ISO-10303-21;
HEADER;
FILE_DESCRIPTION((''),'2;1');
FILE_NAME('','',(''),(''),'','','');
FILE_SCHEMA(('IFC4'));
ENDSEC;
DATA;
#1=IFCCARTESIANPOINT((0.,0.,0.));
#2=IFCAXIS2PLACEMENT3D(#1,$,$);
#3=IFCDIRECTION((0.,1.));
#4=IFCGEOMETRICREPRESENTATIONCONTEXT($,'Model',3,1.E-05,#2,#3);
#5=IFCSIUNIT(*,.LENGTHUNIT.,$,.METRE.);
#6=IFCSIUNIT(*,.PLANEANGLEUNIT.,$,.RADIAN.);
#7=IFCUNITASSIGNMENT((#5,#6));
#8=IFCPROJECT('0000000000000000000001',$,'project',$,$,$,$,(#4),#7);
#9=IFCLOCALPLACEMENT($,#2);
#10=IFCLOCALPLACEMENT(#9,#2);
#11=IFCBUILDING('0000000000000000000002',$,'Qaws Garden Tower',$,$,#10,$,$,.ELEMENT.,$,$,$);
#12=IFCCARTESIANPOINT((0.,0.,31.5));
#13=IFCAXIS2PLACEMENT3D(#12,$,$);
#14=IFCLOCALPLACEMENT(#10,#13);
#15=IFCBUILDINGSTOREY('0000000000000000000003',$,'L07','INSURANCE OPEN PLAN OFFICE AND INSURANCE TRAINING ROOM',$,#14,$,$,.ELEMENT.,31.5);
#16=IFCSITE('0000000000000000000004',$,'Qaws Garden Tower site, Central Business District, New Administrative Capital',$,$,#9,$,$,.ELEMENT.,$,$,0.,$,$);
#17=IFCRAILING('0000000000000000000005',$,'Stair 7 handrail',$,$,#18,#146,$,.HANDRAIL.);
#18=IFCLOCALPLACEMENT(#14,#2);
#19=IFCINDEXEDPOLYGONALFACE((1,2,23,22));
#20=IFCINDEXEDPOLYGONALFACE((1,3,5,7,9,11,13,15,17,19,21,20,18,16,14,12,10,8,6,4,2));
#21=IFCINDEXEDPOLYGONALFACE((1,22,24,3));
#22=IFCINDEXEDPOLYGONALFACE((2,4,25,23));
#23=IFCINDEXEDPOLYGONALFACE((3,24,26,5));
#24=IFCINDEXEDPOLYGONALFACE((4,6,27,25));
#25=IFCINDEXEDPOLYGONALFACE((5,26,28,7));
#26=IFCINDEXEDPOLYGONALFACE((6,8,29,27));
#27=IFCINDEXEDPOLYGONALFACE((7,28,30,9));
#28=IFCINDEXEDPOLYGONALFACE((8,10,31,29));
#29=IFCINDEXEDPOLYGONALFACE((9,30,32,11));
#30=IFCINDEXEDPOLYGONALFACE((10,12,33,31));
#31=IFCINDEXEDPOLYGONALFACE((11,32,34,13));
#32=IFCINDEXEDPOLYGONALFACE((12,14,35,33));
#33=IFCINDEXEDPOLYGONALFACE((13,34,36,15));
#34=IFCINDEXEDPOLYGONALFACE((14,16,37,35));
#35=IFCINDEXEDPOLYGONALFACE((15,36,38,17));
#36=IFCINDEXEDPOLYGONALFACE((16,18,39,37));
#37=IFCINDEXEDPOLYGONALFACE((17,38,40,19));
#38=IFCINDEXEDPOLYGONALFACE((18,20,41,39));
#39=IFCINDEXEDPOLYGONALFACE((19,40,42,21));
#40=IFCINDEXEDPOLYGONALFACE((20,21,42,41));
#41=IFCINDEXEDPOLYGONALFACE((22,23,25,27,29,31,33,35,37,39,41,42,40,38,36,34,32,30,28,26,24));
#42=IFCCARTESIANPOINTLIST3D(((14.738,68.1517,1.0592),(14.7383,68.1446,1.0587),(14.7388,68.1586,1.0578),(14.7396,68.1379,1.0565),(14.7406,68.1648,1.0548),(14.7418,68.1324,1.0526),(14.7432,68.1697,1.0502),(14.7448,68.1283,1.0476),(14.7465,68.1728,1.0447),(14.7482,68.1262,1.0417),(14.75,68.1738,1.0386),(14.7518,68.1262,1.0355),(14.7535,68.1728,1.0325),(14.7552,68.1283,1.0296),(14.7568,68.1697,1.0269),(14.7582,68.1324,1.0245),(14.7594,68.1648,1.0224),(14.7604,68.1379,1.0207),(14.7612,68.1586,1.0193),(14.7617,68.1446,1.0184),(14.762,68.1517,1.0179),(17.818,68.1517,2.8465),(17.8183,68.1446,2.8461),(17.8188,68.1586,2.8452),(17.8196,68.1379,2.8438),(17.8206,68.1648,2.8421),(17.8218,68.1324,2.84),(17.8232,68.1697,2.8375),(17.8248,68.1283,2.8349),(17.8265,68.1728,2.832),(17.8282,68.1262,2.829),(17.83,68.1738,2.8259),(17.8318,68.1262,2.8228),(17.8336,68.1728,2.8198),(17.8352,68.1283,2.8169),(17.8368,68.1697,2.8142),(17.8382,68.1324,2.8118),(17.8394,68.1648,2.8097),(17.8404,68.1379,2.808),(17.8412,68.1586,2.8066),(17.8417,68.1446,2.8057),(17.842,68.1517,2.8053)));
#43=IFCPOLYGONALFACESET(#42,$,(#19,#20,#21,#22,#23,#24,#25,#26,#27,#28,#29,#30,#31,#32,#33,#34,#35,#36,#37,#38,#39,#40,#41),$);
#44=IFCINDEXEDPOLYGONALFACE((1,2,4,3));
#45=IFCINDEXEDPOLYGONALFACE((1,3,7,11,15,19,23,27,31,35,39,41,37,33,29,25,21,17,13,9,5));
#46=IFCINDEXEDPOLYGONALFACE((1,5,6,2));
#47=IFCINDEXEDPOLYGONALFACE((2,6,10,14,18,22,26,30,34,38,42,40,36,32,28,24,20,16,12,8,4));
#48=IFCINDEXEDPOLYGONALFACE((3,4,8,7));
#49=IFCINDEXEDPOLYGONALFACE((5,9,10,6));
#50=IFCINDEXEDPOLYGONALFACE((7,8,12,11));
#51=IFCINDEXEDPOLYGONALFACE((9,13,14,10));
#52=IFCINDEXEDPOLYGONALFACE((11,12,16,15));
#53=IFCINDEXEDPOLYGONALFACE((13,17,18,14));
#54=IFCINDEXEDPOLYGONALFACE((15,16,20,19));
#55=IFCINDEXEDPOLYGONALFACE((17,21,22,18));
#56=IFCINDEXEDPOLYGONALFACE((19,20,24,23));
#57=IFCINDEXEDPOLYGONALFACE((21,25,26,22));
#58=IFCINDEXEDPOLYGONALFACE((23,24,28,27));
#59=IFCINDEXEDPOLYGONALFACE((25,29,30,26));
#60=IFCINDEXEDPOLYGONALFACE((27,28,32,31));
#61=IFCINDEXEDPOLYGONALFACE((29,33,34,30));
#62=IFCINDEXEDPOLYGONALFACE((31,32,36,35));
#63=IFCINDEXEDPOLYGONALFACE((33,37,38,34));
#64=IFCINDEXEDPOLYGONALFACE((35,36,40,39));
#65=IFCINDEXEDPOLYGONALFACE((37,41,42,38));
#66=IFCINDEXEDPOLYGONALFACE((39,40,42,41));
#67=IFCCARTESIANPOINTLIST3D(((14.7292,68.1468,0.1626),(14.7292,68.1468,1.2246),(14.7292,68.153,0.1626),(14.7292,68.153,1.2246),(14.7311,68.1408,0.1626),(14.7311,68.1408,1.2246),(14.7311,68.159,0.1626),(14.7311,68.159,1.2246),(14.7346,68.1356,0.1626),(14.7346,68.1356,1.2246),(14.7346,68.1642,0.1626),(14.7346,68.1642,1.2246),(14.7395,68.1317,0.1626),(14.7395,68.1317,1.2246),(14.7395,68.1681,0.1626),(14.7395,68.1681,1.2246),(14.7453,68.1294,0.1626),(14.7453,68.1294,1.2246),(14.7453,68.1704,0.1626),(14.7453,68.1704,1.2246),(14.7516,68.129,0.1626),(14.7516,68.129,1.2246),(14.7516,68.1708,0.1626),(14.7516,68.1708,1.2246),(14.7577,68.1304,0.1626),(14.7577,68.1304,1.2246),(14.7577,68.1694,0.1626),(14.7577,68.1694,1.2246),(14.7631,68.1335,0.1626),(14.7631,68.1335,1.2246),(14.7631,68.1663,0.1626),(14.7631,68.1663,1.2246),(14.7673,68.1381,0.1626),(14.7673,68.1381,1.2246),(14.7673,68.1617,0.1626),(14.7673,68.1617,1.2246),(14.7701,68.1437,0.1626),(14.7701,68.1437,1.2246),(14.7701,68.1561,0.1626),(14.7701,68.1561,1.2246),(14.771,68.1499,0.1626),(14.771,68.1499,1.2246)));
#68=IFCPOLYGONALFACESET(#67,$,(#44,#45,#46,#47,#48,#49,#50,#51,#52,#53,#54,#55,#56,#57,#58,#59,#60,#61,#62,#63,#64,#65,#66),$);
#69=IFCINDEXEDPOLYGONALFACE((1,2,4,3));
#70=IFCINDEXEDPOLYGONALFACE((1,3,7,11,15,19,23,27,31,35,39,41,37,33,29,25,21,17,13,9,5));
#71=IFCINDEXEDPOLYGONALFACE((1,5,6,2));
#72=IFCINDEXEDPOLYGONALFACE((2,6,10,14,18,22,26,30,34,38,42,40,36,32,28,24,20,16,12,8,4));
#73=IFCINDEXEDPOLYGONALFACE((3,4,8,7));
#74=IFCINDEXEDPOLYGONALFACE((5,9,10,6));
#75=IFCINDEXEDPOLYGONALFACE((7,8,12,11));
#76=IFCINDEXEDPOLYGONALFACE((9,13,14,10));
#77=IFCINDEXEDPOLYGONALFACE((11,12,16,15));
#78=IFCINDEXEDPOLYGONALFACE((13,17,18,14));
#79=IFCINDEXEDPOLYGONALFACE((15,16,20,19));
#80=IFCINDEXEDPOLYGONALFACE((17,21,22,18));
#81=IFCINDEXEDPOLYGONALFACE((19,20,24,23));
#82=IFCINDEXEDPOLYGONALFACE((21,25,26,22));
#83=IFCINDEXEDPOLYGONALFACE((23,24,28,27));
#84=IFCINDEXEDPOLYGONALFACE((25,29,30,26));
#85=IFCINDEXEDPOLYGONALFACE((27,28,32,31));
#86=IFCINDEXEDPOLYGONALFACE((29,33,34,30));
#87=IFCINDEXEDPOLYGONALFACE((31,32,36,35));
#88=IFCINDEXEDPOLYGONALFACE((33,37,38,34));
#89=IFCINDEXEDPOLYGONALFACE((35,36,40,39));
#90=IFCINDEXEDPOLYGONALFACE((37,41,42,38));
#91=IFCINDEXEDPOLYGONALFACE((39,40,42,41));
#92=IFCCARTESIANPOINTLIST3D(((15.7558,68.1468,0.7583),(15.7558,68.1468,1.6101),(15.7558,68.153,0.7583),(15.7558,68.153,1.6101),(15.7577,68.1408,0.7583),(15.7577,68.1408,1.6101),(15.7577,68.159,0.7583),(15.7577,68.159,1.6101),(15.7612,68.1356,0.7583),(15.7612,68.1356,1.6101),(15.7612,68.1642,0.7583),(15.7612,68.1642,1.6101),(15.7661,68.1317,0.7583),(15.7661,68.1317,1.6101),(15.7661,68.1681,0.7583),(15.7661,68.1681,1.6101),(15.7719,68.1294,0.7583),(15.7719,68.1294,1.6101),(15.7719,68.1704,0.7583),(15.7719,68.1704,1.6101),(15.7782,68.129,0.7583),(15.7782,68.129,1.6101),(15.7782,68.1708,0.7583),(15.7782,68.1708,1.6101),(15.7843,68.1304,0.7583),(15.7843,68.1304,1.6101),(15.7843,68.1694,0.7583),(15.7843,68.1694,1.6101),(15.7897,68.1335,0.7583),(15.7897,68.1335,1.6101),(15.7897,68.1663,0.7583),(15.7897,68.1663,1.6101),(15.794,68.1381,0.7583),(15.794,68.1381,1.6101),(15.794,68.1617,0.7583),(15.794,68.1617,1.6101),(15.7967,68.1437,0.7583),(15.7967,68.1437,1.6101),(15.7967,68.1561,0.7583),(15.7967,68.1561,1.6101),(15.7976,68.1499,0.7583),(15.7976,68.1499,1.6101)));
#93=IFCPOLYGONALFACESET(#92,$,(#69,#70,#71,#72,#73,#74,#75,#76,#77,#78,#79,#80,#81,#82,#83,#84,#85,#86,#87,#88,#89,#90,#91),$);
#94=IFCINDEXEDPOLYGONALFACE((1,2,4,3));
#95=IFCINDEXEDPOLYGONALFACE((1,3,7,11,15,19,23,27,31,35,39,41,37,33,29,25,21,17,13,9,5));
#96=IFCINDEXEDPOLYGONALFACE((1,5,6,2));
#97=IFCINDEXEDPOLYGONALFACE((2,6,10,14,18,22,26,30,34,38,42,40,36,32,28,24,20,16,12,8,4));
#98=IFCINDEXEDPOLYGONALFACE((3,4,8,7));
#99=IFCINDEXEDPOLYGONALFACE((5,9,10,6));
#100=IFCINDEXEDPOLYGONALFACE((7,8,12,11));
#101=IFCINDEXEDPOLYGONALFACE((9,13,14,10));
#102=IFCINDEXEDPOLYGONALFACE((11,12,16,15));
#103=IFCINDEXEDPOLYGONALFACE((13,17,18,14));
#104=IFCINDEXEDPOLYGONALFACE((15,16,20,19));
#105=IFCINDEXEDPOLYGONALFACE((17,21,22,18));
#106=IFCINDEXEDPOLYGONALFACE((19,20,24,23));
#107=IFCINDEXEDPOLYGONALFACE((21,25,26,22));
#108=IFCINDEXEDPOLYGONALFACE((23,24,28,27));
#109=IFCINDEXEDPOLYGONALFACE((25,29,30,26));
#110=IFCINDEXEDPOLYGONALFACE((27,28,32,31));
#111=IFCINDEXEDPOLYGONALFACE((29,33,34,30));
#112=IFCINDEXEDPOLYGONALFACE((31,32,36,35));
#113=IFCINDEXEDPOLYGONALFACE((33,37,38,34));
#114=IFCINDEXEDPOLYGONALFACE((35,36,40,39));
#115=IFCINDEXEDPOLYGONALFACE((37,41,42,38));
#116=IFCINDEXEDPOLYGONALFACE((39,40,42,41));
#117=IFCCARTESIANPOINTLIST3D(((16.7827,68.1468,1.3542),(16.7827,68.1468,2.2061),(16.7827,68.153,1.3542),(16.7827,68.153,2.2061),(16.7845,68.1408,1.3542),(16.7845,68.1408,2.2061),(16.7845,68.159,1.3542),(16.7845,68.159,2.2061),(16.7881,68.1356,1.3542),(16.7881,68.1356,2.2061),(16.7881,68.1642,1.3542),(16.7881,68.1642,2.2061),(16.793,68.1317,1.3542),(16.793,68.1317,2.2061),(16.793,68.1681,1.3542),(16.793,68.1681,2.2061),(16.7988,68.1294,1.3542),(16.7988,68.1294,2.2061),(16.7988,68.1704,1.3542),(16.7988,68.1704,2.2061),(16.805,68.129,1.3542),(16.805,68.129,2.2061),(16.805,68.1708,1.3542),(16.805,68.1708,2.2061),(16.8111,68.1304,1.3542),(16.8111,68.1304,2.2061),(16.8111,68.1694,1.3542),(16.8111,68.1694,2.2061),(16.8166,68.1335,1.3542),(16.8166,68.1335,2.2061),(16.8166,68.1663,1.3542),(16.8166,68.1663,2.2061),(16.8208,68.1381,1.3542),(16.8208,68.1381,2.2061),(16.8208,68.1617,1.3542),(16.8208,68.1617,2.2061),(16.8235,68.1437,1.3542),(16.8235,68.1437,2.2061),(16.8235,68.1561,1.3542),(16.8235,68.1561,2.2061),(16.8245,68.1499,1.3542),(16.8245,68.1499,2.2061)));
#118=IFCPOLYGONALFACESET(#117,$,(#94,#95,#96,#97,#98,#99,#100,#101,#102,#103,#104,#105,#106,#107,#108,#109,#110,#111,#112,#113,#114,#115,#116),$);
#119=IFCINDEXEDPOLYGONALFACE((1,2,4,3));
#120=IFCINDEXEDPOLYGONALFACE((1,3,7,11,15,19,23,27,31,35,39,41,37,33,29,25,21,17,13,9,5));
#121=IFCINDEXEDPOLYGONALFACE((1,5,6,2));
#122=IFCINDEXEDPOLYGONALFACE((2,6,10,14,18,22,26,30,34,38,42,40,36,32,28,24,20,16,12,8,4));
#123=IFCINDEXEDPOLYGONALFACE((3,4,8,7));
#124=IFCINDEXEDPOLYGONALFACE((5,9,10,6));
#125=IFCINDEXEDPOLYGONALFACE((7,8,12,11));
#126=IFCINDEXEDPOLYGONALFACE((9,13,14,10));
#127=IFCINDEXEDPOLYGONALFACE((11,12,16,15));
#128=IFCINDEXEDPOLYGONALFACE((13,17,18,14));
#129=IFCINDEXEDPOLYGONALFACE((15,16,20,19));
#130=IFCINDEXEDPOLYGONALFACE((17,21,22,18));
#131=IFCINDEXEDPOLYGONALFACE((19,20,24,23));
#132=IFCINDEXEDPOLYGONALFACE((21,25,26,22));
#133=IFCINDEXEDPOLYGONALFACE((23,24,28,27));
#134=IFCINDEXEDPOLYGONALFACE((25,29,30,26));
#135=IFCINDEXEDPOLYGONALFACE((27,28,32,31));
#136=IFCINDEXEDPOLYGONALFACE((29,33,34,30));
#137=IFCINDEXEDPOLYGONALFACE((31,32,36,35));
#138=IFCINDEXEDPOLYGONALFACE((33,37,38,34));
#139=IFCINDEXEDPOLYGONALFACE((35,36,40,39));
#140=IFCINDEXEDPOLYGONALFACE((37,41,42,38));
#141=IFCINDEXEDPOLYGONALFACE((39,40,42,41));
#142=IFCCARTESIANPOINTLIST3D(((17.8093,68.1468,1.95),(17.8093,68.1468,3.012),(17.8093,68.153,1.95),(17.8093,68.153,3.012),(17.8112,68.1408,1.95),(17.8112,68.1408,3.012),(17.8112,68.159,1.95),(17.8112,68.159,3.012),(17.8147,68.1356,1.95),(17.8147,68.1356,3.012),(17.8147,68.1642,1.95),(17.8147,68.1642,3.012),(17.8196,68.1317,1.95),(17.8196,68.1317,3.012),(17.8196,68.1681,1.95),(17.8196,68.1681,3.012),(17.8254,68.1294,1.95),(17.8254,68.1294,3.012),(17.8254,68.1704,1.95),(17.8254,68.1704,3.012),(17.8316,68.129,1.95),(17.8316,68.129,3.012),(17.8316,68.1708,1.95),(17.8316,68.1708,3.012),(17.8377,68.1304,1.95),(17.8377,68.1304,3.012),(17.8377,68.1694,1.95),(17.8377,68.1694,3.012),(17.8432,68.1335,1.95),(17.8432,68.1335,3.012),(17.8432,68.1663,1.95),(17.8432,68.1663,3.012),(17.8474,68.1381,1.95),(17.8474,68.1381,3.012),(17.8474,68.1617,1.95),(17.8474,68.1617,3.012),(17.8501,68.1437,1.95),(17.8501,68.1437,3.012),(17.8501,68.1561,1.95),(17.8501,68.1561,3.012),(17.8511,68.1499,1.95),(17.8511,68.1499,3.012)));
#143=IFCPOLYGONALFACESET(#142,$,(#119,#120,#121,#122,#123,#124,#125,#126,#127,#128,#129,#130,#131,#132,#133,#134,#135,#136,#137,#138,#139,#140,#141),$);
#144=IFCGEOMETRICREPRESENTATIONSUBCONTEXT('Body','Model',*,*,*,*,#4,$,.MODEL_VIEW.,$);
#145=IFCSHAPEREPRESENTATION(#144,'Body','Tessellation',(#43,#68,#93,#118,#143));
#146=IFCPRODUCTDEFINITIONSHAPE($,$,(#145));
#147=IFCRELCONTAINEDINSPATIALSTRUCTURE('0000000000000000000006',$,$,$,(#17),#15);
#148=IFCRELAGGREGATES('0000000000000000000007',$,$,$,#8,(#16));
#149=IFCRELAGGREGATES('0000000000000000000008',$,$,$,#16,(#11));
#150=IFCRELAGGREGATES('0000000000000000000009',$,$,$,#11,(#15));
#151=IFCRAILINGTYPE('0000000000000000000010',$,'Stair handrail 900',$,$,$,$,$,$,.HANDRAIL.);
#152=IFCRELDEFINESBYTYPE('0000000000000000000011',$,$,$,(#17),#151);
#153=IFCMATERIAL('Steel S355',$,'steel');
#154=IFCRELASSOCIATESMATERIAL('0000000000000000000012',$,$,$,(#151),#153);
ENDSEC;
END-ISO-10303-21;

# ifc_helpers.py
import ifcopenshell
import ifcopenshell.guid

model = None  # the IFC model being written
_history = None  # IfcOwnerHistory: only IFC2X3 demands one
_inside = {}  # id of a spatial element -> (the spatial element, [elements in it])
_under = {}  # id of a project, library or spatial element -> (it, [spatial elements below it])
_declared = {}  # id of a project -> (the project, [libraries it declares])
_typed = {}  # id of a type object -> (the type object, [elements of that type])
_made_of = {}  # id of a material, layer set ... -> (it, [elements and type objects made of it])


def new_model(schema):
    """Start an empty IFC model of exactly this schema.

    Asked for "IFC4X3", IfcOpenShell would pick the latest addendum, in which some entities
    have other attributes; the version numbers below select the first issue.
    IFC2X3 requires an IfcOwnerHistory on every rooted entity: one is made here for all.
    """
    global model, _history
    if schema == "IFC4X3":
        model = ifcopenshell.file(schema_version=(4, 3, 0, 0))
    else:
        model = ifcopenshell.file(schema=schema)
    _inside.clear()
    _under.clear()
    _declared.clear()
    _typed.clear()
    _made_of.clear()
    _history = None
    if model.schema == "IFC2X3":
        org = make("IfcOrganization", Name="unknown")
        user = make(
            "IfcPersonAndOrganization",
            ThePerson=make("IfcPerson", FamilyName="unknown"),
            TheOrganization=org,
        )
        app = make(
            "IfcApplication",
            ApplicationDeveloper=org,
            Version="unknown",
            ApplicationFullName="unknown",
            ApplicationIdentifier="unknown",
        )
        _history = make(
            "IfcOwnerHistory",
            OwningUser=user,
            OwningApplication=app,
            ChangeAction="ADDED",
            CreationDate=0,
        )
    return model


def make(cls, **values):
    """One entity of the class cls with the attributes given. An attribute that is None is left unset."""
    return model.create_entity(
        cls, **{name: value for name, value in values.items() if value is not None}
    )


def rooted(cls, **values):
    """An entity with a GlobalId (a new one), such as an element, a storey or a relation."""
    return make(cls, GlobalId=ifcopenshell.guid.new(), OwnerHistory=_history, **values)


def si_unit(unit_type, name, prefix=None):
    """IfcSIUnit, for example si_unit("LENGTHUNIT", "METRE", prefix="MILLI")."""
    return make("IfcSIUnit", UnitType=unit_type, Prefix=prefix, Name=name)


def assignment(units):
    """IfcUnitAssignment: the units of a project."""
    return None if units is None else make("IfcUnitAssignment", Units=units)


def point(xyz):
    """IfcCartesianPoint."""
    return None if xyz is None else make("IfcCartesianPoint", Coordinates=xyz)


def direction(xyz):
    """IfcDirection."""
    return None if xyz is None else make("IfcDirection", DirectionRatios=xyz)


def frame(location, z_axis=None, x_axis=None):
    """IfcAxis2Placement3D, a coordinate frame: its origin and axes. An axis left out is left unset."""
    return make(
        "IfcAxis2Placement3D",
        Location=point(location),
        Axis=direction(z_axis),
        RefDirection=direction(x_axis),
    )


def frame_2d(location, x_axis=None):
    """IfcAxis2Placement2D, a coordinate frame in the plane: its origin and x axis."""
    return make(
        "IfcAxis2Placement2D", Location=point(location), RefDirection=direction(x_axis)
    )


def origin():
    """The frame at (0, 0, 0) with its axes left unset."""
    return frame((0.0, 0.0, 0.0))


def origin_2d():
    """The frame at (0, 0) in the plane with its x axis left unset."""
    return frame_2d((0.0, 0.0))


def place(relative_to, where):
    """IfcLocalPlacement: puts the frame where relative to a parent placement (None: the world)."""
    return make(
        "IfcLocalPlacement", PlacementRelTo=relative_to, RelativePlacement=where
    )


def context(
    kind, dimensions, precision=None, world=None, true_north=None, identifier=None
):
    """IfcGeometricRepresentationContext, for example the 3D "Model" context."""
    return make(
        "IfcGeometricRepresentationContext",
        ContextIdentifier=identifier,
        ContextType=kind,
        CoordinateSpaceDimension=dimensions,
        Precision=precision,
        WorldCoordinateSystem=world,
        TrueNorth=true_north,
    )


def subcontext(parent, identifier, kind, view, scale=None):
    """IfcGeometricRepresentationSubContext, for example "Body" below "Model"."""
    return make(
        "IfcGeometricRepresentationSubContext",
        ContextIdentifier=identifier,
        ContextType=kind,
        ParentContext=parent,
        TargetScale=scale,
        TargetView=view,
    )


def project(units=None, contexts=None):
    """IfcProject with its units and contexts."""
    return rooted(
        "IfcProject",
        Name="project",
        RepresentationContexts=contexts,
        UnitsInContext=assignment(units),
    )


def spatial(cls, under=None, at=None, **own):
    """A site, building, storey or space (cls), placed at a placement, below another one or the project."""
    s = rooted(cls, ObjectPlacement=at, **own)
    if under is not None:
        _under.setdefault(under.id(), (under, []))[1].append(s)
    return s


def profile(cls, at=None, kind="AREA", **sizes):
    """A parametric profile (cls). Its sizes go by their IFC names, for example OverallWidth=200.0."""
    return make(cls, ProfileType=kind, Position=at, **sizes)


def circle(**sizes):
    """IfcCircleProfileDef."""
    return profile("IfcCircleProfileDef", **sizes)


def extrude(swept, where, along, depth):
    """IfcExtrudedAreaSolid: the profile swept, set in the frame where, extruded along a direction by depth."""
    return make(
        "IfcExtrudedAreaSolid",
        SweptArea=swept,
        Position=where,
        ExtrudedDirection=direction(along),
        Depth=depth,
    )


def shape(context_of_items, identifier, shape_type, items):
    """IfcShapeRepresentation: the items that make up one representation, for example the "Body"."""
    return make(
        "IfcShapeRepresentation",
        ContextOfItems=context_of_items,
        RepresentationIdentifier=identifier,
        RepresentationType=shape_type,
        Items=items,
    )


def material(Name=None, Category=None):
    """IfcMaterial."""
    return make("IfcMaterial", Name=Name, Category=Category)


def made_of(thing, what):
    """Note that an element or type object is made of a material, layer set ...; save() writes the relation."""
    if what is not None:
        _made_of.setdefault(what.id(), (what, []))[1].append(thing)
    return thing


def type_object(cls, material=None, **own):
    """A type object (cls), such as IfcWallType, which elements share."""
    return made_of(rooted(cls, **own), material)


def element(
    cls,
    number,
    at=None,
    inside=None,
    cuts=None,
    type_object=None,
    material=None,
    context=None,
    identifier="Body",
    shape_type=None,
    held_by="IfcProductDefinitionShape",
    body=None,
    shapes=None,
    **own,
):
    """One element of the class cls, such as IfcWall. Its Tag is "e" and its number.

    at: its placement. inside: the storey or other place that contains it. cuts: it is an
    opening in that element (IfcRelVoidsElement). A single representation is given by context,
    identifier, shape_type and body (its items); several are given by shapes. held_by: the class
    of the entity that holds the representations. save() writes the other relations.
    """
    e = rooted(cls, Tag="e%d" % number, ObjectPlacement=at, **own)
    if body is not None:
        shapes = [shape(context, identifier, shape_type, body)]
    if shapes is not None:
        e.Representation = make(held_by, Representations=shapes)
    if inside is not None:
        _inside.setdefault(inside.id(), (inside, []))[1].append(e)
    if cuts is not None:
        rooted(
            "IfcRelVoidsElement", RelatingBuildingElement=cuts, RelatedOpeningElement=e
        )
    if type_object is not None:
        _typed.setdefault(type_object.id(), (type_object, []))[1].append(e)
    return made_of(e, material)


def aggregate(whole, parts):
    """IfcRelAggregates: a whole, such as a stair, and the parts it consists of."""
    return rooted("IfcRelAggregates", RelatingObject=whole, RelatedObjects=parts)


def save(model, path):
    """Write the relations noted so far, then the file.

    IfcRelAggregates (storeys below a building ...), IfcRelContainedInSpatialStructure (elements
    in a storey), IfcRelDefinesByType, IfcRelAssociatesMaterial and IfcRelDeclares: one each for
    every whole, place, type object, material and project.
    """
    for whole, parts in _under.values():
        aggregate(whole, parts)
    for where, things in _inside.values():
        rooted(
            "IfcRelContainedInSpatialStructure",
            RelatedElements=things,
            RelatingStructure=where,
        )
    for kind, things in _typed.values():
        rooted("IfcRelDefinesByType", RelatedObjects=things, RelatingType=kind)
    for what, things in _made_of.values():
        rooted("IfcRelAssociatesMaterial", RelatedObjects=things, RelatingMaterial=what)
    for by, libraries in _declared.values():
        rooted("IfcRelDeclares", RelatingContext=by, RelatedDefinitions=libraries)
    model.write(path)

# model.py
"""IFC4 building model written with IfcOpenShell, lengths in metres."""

from ifc_helpers import new_model, si_unit, direction, frame, origin, origin_2d, place, context, subcontext, project, spatial, circle, extrude, material, type_object, element, save


model = new_model("IFC4")

# Units and contexts
model_context = context("Model", 3, precision=1e-05, world=origin(), true_north=direction((0.0, 1.0)))
body_context = subcontext(model_context, "Body", "Model", "MODEL_VIEW")
ifc_project = project(units=[si_unit("LENGTHUNIT", "METRE"), si_unit("PLANEANGLEUNIT", "RADIAN")], contexts=[model_context])

# Site, building, storey
site_placement = place(None, origin())
site = spatial("IfcSite", under=ifc_project, at=site_placement, Name="Qaws Garden Tower site, Central Business District, New Administrative Capital", CompositionType="ELEMENT", RefElevation=0.0)
building_placement = place(site_placement, origin())
building = spatial("IfcBuilding", under=site, at=building_placement, Name="Qaws Garden Tower", CompositionType="ELEMENT")
storey_placement = place(building_placement, frame((0.0, 0.0, 31.5)))
storey = spatial("IfcBuildingStorey", under=building, at=storey_placement, Name="L07", Description="INSURANCE OPEN PLAN OFFICE AND INSURANCE TRAINING ROOM", CompositionType="ELEMENT", Elevation=31.5)

# Railing
ifc_material_1 = material(Name="Steel S355", Category="steel")
railing_type = type_object("IfcRailingType", Name="Stair handrail 900", PredefinedType="HANDRAIL", material=ifc_material_1)
railing_1_placement = place(storey_placement, frame((14.75, 68.1499, 0.1626)))
element("IfcRailing", 1, at=railing_1_placement, inside=storey, type_object=railing_type, Name="Stair 7 handrail", PredefinedType="HANDRAIL", context=body_context, shape_type="SweptSolid", body=[
    extrude(circle(Radius=0.0239, at=origin_2d()), frame((0.0, 0.0, 0.876), z_axis=(0.86492, 0.0, 0.501909), x_axis=(0.0, 1.0, 0.0)), (0.0, 0.0, 1.0), 3.561),
    extrude(circle(Radius=0.021, at=origin_2d()), origin(), (0.0, 0.0, 1.0), 1.062),
    extrude(circle(Radius=0.021, at=origin_2d()), frame((1.0266, 0.0, 0.5957)), (0.0, 0.0, 1.0), 0.8518),
    extrude(circle(Radius=0.021, at=origin_2d()), frame((2.0535, 0.0, 1.1917)), (0.0, 0.0, 1.0), 0.8518),
    extrude(circle(Radius=0.021, at=origin_2d()), frame((3.0801, 0.0, 1.7874)), (0.0, 0.0, 1.0), 1.062),
])

save(model, "model.ifc")
